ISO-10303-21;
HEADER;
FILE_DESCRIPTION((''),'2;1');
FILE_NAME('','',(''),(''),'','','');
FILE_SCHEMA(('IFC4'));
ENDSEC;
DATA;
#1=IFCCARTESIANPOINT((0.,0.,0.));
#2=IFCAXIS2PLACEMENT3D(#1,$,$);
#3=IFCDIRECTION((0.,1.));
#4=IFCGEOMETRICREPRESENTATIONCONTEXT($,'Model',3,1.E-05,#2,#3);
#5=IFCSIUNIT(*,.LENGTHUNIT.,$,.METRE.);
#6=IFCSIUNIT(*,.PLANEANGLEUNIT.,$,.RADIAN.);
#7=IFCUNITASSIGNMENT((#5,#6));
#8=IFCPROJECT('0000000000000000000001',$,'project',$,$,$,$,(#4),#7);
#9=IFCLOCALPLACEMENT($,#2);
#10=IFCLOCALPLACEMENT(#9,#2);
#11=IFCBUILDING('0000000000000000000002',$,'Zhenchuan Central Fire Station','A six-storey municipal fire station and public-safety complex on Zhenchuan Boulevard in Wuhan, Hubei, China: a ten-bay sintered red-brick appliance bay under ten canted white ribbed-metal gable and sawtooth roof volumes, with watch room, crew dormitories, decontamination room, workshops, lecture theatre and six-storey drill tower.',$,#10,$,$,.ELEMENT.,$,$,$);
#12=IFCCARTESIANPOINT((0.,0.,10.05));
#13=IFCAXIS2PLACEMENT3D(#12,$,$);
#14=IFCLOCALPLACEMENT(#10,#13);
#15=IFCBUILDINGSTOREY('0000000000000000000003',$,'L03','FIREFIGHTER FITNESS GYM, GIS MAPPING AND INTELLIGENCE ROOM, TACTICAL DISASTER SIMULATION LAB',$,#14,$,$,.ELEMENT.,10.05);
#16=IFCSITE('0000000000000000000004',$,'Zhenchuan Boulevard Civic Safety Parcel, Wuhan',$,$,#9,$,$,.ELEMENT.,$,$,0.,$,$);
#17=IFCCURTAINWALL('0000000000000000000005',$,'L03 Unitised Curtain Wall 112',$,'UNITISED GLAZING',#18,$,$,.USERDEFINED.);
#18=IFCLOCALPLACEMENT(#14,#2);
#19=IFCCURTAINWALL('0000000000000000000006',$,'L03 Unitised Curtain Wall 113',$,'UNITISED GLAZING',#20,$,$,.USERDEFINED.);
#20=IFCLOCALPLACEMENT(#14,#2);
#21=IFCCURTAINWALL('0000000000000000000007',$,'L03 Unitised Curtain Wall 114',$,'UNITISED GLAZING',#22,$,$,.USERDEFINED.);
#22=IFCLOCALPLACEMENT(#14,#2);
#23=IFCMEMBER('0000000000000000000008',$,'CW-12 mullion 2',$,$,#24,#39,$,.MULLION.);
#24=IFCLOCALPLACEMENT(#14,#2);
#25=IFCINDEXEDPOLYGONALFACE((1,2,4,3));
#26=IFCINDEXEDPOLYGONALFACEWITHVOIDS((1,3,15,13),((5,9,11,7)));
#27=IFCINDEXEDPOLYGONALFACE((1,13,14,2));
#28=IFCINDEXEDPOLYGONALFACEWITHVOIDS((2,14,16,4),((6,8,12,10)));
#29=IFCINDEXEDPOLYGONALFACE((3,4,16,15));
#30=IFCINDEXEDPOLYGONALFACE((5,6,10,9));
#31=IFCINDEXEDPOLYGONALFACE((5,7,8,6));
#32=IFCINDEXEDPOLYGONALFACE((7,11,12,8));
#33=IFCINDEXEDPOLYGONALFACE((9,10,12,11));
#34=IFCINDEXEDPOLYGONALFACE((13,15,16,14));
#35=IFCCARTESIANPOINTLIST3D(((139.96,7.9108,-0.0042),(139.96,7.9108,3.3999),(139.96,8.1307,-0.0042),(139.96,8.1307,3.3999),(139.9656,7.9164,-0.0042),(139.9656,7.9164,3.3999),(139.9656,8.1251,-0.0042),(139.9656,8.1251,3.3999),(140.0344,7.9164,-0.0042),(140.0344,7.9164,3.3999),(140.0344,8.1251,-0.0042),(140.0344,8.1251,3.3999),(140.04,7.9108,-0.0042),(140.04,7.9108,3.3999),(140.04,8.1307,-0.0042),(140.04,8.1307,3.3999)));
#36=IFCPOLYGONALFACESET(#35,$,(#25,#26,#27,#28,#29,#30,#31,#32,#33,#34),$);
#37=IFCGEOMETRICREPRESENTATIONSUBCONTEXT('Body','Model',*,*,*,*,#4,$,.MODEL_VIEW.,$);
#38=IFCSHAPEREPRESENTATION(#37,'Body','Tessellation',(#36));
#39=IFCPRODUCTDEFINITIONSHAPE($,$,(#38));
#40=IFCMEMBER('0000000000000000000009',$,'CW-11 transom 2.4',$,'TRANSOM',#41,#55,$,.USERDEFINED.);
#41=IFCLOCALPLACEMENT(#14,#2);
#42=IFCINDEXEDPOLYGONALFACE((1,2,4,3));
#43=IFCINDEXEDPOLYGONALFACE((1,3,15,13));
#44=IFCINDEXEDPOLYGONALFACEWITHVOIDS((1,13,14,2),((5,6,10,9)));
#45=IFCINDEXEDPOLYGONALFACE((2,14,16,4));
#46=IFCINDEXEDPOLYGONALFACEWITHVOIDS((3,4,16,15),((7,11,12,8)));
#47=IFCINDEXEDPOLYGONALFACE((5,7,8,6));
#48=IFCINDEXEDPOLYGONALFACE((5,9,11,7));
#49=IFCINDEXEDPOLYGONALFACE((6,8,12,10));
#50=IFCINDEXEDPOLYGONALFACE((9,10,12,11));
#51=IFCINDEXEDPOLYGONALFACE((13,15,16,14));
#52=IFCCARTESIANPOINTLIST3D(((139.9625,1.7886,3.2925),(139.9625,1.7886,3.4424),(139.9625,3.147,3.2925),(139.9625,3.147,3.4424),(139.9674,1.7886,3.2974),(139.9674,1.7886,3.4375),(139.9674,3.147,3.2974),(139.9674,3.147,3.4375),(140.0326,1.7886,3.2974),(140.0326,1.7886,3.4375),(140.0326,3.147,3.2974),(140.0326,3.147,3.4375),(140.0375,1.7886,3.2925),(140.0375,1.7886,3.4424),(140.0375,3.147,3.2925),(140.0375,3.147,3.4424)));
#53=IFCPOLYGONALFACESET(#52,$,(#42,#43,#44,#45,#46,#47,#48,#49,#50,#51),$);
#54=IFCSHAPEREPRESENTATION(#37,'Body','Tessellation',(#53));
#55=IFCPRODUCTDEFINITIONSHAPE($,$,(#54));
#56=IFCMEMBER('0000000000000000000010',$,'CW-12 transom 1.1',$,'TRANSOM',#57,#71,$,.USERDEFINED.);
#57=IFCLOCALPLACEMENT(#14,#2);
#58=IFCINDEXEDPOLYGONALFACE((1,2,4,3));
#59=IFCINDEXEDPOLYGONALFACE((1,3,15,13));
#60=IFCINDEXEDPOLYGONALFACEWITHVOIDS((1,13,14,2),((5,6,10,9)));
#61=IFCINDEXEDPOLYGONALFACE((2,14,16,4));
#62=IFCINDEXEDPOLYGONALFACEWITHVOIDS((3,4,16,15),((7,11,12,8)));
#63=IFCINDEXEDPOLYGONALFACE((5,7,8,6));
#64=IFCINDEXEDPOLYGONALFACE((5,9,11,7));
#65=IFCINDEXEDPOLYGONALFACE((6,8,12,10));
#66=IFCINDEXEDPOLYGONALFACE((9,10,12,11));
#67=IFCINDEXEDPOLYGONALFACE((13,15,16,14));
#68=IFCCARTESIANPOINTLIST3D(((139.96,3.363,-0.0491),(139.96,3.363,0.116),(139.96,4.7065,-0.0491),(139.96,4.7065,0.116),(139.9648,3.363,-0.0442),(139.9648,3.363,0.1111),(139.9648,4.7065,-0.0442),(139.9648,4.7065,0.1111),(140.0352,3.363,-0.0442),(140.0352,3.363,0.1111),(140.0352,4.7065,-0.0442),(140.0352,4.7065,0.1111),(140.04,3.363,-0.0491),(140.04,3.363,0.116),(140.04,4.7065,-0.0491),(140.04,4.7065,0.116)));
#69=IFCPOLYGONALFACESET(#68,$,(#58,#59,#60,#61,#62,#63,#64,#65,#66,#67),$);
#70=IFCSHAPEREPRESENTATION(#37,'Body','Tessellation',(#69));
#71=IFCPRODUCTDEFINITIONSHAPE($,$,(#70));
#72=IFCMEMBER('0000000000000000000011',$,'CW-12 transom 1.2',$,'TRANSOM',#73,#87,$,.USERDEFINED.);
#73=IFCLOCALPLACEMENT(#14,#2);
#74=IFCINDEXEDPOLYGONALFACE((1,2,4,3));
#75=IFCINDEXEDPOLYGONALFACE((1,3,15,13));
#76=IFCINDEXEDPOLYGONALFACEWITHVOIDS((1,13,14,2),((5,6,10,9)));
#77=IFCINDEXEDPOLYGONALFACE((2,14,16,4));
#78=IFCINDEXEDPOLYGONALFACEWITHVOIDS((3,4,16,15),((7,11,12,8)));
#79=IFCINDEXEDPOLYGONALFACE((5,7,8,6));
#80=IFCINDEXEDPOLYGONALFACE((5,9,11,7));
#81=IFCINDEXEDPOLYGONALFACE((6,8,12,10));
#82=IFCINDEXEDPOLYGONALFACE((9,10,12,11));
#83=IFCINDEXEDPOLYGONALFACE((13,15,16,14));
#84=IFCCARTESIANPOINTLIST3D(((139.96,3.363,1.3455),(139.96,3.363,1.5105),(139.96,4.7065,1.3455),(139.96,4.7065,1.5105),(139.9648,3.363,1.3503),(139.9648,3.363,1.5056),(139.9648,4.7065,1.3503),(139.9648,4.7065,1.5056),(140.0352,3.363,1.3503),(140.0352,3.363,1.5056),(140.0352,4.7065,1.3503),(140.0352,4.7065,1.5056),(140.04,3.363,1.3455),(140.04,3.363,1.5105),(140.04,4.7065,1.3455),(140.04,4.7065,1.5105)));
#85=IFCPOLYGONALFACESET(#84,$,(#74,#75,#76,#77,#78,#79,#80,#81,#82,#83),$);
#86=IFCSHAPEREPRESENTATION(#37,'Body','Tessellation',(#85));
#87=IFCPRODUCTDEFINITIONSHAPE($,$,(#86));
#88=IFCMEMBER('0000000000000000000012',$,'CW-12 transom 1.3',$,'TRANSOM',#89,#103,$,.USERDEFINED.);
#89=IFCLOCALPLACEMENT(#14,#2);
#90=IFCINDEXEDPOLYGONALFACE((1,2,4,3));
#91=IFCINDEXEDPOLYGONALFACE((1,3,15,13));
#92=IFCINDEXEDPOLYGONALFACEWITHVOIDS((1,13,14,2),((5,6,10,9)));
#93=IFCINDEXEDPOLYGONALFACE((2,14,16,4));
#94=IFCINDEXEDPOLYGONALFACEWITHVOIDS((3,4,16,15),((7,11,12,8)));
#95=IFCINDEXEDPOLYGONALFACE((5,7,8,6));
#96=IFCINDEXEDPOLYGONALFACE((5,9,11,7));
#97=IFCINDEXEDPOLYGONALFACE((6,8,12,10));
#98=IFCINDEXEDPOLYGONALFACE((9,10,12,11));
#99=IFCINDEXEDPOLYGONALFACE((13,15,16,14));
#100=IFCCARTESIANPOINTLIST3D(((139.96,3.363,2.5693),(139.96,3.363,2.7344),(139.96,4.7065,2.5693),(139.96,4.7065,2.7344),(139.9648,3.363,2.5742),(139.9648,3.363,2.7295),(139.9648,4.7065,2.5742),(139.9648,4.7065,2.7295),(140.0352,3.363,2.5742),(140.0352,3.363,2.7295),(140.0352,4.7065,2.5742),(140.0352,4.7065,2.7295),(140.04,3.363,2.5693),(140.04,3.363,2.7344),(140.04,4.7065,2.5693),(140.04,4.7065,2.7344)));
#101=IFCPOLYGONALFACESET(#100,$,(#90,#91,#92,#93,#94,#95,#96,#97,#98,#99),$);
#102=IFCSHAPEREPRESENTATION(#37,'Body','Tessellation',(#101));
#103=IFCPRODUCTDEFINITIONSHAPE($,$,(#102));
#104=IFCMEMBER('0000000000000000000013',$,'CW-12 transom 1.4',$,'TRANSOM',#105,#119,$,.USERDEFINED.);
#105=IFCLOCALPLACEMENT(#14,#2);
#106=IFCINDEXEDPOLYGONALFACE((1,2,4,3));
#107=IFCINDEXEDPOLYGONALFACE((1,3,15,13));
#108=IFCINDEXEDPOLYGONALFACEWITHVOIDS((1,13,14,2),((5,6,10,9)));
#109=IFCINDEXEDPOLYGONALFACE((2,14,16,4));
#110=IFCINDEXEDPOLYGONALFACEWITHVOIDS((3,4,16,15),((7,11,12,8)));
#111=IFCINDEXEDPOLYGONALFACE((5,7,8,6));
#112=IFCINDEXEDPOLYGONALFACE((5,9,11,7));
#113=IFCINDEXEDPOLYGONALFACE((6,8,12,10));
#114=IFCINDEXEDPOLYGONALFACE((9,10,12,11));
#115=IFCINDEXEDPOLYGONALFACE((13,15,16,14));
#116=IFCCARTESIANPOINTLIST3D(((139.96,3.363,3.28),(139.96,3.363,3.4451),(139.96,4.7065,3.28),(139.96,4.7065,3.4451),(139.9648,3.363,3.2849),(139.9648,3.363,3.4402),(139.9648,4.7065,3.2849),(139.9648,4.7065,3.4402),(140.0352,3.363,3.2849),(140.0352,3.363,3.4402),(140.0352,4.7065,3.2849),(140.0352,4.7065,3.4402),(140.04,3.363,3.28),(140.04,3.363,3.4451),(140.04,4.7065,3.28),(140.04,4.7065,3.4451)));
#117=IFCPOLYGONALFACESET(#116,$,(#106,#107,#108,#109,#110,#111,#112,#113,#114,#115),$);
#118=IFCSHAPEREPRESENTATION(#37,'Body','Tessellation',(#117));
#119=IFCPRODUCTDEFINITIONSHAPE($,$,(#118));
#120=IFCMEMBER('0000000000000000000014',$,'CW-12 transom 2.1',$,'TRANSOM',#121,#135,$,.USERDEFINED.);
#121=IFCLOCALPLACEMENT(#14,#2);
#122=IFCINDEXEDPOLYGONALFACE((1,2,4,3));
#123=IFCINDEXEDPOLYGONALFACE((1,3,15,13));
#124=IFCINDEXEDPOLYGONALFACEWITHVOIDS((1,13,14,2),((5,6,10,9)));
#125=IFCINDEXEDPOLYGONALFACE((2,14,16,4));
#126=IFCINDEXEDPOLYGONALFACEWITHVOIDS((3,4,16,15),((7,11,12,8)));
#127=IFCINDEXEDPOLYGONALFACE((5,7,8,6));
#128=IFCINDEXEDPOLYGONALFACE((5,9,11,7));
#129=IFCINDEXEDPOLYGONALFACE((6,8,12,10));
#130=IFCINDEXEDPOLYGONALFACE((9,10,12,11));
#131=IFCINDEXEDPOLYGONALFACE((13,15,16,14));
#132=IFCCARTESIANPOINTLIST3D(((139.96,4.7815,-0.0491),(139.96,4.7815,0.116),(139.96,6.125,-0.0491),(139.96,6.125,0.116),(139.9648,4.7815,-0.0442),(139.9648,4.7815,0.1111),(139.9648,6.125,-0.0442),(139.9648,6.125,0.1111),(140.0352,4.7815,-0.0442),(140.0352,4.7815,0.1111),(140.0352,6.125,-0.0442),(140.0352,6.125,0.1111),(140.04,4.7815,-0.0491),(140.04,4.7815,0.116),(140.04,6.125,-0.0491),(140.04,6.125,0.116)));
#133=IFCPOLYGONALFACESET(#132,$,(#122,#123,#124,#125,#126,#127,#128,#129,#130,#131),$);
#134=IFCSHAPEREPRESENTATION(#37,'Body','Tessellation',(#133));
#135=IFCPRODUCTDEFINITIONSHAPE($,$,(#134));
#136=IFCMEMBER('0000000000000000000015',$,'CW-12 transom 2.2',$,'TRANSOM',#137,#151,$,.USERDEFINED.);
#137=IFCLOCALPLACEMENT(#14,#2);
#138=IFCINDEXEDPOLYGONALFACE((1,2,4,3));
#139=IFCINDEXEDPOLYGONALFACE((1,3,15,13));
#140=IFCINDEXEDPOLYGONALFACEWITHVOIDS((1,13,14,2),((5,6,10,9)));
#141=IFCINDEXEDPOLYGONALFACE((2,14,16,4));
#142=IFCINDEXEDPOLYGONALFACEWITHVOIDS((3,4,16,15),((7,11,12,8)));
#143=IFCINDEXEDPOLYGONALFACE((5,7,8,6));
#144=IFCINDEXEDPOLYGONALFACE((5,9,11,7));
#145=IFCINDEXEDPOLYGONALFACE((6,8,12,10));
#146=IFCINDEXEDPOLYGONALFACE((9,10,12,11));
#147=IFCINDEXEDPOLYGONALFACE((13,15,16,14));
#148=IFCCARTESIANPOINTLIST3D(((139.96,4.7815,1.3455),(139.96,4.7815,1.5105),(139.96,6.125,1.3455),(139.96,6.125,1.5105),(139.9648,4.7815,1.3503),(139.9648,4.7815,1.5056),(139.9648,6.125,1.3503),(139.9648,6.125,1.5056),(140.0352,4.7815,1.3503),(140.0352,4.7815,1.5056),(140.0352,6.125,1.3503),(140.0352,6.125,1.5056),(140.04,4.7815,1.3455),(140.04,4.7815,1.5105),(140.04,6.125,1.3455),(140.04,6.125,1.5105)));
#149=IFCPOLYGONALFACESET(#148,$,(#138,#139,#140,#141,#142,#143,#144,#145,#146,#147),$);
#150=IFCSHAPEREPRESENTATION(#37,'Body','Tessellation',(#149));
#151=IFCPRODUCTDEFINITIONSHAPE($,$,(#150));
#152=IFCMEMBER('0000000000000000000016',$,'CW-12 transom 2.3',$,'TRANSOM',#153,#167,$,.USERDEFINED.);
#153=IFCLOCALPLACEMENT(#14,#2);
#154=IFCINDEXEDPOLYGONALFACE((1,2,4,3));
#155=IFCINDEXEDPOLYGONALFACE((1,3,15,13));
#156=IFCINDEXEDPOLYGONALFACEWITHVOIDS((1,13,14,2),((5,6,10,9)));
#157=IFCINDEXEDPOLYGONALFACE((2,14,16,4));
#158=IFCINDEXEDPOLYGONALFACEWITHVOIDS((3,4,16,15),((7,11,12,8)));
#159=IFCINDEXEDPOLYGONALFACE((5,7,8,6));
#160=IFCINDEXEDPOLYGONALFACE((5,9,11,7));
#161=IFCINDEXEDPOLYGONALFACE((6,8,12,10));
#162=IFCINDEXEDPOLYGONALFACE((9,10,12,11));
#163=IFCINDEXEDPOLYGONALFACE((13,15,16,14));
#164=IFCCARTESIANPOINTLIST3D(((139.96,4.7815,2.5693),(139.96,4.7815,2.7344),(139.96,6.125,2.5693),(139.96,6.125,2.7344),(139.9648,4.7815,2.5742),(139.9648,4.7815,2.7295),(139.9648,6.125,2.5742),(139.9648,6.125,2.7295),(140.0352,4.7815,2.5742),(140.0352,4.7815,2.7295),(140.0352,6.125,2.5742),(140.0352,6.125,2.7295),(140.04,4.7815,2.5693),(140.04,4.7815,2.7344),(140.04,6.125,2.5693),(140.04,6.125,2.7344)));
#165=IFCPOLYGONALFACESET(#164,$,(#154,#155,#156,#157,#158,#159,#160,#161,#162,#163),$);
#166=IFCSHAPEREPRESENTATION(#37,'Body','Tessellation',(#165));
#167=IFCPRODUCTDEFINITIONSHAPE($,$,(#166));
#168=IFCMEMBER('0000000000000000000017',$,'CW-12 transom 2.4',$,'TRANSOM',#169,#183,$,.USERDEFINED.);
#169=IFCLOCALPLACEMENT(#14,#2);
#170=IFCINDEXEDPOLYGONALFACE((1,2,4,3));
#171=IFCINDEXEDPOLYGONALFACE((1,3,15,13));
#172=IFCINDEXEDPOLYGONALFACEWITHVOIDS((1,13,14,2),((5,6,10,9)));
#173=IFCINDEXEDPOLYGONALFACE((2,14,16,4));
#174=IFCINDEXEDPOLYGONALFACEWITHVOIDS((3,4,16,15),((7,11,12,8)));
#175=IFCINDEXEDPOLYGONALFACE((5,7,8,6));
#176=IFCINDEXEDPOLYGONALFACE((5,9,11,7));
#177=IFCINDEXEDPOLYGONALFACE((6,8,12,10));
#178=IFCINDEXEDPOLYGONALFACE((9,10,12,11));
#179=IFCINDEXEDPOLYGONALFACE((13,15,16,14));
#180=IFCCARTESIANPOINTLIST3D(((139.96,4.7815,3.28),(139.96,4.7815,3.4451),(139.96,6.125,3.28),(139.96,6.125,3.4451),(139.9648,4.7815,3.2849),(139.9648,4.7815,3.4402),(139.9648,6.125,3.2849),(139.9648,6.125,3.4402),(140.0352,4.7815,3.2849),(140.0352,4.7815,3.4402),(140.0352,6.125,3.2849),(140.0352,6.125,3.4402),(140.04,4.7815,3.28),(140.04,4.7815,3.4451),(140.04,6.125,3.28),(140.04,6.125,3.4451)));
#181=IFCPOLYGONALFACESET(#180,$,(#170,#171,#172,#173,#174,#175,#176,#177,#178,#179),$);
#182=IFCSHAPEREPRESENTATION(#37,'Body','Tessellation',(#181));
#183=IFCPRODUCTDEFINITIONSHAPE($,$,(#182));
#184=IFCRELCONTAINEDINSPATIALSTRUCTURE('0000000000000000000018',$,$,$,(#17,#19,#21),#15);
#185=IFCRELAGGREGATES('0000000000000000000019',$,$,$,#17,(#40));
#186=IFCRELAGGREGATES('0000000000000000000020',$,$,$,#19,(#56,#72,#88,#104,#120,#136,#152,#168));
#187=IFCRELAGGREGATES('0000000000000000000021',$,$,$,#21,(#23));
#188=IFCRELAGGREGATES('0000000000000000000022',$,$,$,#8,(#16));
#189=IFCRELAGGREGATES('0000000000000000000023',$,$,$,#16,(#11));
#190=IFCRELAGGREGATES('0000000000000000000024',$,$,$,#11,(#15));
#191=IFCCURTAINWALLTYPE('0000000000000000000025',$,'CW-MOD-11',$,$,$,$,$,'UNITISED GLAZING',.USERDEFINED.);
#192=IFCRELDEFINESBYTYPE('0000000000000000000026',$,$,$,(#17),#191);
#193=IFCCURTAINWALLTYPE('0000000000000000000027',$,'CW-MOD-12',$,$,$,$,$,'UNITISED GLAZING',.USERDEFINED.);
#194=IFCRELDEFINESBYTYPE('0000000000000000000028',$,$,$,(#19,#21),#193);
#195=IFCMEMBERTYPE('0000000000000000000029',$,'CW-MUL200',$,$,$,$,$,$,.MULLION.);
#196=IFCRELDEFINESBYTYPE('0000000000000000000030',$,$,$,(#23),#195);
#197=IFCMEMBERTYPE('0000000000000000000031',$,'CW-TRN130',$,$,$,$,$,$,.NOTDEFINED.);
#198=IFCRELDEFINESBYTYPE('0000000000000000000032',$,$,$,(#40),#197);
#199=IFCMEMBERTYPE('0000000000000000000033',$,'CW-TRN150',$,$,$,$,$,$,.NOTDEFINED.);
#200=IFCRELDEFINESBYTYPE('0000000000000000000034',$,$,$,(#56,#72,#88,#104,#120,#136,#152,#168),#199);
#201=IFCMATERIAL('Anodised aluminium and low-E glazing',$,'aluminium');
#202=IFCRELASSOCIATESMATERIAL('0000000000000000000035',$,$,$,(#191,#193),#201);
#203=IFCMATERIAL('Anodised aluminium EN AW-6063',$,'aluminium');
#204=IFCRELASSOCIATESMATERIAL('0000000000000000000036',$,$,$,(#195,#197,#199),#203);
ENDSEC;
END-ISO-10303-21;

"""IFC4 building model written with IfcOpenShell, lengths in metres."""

from ifc_helpers import new_model, si_unit, direction, frame, origin, origin_2d, place, context, subcontext, project, spatial, hollow_rectangle, extrude, material, material_profile, profile_set, type_object, element, aggregate, save


model = new_model("IFC4")

# Units and contexts
model_context = context("Model", 3, precision=1e-05, world=origin(), true_north=direction((0.0, 1.0)))
body_context = subcontext(model_context, "Body", "Model", "MODEL_VIEW")
ifc_project = project(units=[si_unit("LENGTHUNIT", "METRE"), si_unit("PLANEANGLEUNIT", "RADIAN")], contexts=[model_context])

# Site, building, storey
site_placement = place(None, origin())
site = spatial("IfcSite", under=ifc_project, at=site_placement, Name="Zhenchuan Boulevard Civic Safety Parcel, Wuhan", CompositionType="ELEMENT", RefElevation=0.0)
building_placement = place(site_placement, origin())
building = spatial("IfcBuilding", under=site, at=building_placement, Name="Zhenchuan Central Fire Station", Description="A six-storey municipal fire station and public-safety complex on Zhenchuan Boulevard in Wuhan, Hubei, China: a ten-bay sintered red-brick appliance bay under ten canted white ribbed-metal gable and sawtooth roof volumes, with watch room, crew dormitories, decontamination room, workshops, lecture theatre and six-storey drill tower.", CompositionType="ELEMENT")
storey_placement = place(building_placement, frame((0.0, 0.0, 10.05)))
storey = spatial("IfcBuildingStorey", under=building, at=storey_placement, Name="L03", Description="FIREFIGHTER FITNESS GYM, GIS MAPPING AND INTELLIGENCE ROOM, TACTICAL DISASTER SIMULATION LAB", CompositionType="ELEMENT", Elevation=10.05)

# Curtain wall
ifc_material_1 = material(Name="Anodised aluminium and low-E glazing", Category="aluminium")
curtain_wall_type_1 = type_object("IfcCurtainWallType", Name="CW-MOD-11", ElementType="UNITISED GLAZING", PredefinedType="USERDEFINED", material=ifc_material_1)
curtain_wall_1_placement = place(storey_placement, origin())
curtain_wall_1 = element("IfcCurtainWall", 1, at=curtain_wall_1_placement, inside=storey, type_object=curtain_wall_type_1, Name="L03 Unitised Curtain Wall 112", ObjectType="UNITISED GLAZING", PredefinedType="USERDEFINED")
ifc_material_2 = material(Name="Anodised aluminium EN AW-6063", Category="aluminium")

# Curtain walls, member
curtain_wall_type_2 = type_object("IfcCurtainWallType", Name="CW-MOD-12", ElementType="UNITISED GLAZING", PredefinedType="USERDEFINED", material=ifc_material_1)
curtain_wall_2_placement = place(storey_placement, origin())
curtain_wall_2 = element("IfcCurtainWall", 2, at=curtain_wall_2_placement, inside=storey, type_object=curtain_wall_type_2, Name="L03 Unitised Curtain Wall 113", ObjectType="UNITISED GLAZING", PredefinedType="USERDEFINED")
ifc_material_profile_1 = material_profile(ifc_material_2, hollow_rectangle(XDim=0.0801, YDim=0.22, WallThickness=0.0056, at=origin_2d()), Name="ALU-M 220x80")
ifc_profile_set_1 = profile_set([ifc_material_profile_1], Name="Anodised aluminium EN AW-6063")
member_type_1 = type_object("IfcMemberType", Name="CW-MUL200", PredefinedType="MULLION", material=ifc_profile_set_1)
curtain_wall_3_placement = place(storey_placement, origin())
curtain_wall_3 = element("IfcCurtainWall", 3, at=curtain_wall_3_placement, inside=storey, type_object=curtain_wall_type_2, Name="L03 Unitised Curtain Wall 114", ObjectType="UNITISED GLAZING", PredefinedType="USERDEFINED")
member_1_placement = place(storey_placement, frame((140.0, 8.0208, -0.0042), z_axis=(0.0, 0.0, 1.0), x_axis=(-1.0, 0.0, 0.0)))
member_1 = element("IfcMember", 4, at=member_1_placement, type_object=member_type_1, Name="CW-12 mullion 2", PredefinedType="MULLION", context=body_context, shape_type="SweptSolid", body=[
    extrude(hollow_rectangle(XDim=0.0801, YDim=0.22, WallThickness=0.0056, at=origin_2d()), origin(), (0.0, 0.0, 1.0), 3.4041),
])

# Members
ifc_material_profile_2 = material_profile(ifc_material_2, hollow_rectangle(XDim=0.075, YDim=0.1499, WallThickness=0.0049, at=origin_2d()), Name="ALU-T 150x75")
ifc_profile_set_2 = profile_set([ifc_material_profile_2], Name="Anodised aluminium EN AW-6063")
member_type_2 = type_object("IfcMemberType", Name="CW-TRN130", PredefinedType="NOTDEFINED", material=ifc_profile_set_2)
member_2_placement = place(storey_placement, frame((140.0, 1.7886, 3.3674), z_axis=(0.0, 1.0, 0.0), x_axis=(-1.0, 0.0, 0.0)))
member_2 = element("IfcMember", 5, at=member_2_placement, type_object=member_type_2, Name="CW-11 transom 2.4", ObjectType="TRANSOM", PredefinedType="USERDEFINED", context=body_context, shape_type="SweptSolid", body=[
    extrude(hollow_rectangle(XDim=0.075, YDim=0.1499, WallThickness=0.0049, at=origin_2d()), origin(), (0.0, 0.0, 1.0), 1.3584),
])
ifc_material_profile_3 = material_profile(ifc_material_2, hollow_rectangle(XDim=0.0801, YDim=0.165, WallThickness=0.0049, at=origin_2d()), Name="ALU-T 165x80")
ifc_profile_set_3 = profile_set([ifc_material_profile_3], Name="Anodised aluminium EN AW-6063")
member_type_3 = type_object("IfcMemberType", Name="CW-TRN150", PredefinedType="NOTDEFINED", material=ifc_profile_set_3)
member_3_placement = place(storey_placement, frame((140.0, 3.363, 0.0334), z_axis=(0.0, 1.0, 0.0), x_axis=(-1.0, 0.0, 0.0)))
member_3 = element("IfcMember", 6, at=member_3_placement, type_object=member_type_3, Name="CW-12 transom 1.1", ObjectType="TRANSOM", PredefinedType="USERDEFINED", context=body_context, shape_type="SweptSolid", body=[
    extrude(hollow_rectangle(XDim=0.0801, YDim=0.165, WallThickness=0.0049, at=origin_2d()), origin(), (0.0, 0.0, 1.0), 1.3435),
])
member_4_placement = place(storey_placement, frame((140.0, 3.363, 1.428), z_axis=(0.0, 1.0, 0.0), x_axis=(-1.0, 0.0, 0.0)))
member_4 = element("IfcMember", 7, at=member_4_placement, type_object=member_type_3, Name="CW-12 transom 1.2", ObjectType="TRANSOM", PredefinedType="USERDEFINED", context=body_context, shape_type="SweptSolid", body=[
    extrude(hollow_rectangle(XDim=0.0801, YDim=0.165, WallThickness=0.0049, at=origin_2d()), origin(), (0.0, 0.0, 1.0), 1.3435),
])
member_5_placement = place(storey_placement, frame((140.0, 3.363, 2.6519), z_axis=(0.0, 1.0, 0.0), x_axis=(-1.0, 0.0, 0.0)))
member_5 = element("IfcMember", 8, at=member_5_placement, type_object=member_type_3, Name="CW-12 transom 1.3", ObjectType="TRANSOM", PredefinedType="USERDEFINED", context=body_context, shape_type="SweptSolid", body=[
    extrude(hollow_rectangle(XDim=0.0801, YDim=0.165, WallThickness=0.0049, at=origin_2d()), origin(), (0.0, 0.0, 1.0), 1.3435),
])
member_6_placement = place(storey_placement, frame((140.0, 3.363, 3.3625), z_axis=(0.0, 1.0, 0.0), x_axis=(-1.0, 0.0, 0.0)))
member_6 = element("IfcMember", 9, at=member_6_placement, type_object=member_type_3, Name="CW-12 transom 1.4", ObjectType="TRANSOM", PredefinedType="USERDEFINED", context=body_context, shape_type="SweptSolid", body=[
    extrude(hollow_rectangle(XDim=0.0801, YDim=0.165, WallThickness=0.0049, at=origin_2d()), origin(), (0.0, 0.0, 1.0), 1.3435),
])
member_7_placement = place(storey_placement, frame((140.0, 4.7815, 0.0334), z_axis=(0.0, 1.0, 0.0), x_axis=(-1.0, 0.0, 0.0)))
member_7 = element("IfcMember", 10, at=member_7_placement, type_object=member_type_3, Name="CW-12 transom 2.1", ObjectType="TRANSOM", PredefinedType="USERDEFINED", context=body_context, shape_type="SweptSolid", body=[
    extrude(hollow_rectangle(XDim=0.0801, YDim=0.165, WallThickness=0.0049, at=origin_2d()), origin(), (0.0, 0.0, 1.0), 1.3435),
])
member_8_placement = place(storey_placement, frame((140.0, 4.7815, 1.428), z_axis=(0.0, 1.0, 0.0), x_axis=(-1.0, 0.0, 0.0)))
member_8 = element("IfcMember", 11, at=member_8_placement, type_object=member_type_3, Name="CW-12 transom 2.2", ObjectType="TRANSOM", PredefinedType="USERDEFINED", context=body_context, shape_type="SweptSolid", body=[
    extrude(hollow_rectangle(XDim=0.0801, YDim=0.165, WallThickness=0.0049, at=origin_2d()), origin(), (0.0, 0.0, 1.0), 1.3435),
])
member_9_placement = place(storey_placement, frame((140.0, 4.7815, 2.6519), z_axis=(0.0, 1.0, 0.0), x_axis=(-1.0, 0.0, 0.0)))
member_9 = element("IfcMember", 12, at=member_9_placement, type_object=member_type_3, Name="CW-12 transom 2.3", ObjectType="TRANSOM", PredefinedType="USERDEFINED", context=body_context, shape_type="SweptSolid", body=[
    extrude(hollow_rectangle(XDim=0.0801, YDim=0.165, WallThickness=0.0049, at=origin_2d()), origin(), (0.0, 0.0, 1.0), 1.3435),
])
member_10_placement = place(storey_placement, frame((140.0, 4.7815, 3.3625), z_axis=(0.0, 1.0, 0.0), x_axis=(-1.0, 0.0, 0.0)))
member_10 = element("IfcMember", 13, at=member_10_placement, type_object=member_type_3, Name="CW-12 transom 2.4", ObjectType="TRANSOM", PredefinedType="USERDEFINED", context=body_context, shape_type="SweptSolid", body=[
    extrude(hollow_rectangle(XDim=0.0801, YDim=0.165, WallThickness=0.0049, at=origin_2d()), origin(), (0.0, 0.0, 1.0), 1.3435),
])

aggregate(curtain_wall_1, [member_2])
aggregate(curtain_wall_2, [member_3, member_4, member_5, member_6, member_7, member_8, member_9, member_10])
aggregate(curtain_wall_3, [member_1])

save(model, "model.ifc")
